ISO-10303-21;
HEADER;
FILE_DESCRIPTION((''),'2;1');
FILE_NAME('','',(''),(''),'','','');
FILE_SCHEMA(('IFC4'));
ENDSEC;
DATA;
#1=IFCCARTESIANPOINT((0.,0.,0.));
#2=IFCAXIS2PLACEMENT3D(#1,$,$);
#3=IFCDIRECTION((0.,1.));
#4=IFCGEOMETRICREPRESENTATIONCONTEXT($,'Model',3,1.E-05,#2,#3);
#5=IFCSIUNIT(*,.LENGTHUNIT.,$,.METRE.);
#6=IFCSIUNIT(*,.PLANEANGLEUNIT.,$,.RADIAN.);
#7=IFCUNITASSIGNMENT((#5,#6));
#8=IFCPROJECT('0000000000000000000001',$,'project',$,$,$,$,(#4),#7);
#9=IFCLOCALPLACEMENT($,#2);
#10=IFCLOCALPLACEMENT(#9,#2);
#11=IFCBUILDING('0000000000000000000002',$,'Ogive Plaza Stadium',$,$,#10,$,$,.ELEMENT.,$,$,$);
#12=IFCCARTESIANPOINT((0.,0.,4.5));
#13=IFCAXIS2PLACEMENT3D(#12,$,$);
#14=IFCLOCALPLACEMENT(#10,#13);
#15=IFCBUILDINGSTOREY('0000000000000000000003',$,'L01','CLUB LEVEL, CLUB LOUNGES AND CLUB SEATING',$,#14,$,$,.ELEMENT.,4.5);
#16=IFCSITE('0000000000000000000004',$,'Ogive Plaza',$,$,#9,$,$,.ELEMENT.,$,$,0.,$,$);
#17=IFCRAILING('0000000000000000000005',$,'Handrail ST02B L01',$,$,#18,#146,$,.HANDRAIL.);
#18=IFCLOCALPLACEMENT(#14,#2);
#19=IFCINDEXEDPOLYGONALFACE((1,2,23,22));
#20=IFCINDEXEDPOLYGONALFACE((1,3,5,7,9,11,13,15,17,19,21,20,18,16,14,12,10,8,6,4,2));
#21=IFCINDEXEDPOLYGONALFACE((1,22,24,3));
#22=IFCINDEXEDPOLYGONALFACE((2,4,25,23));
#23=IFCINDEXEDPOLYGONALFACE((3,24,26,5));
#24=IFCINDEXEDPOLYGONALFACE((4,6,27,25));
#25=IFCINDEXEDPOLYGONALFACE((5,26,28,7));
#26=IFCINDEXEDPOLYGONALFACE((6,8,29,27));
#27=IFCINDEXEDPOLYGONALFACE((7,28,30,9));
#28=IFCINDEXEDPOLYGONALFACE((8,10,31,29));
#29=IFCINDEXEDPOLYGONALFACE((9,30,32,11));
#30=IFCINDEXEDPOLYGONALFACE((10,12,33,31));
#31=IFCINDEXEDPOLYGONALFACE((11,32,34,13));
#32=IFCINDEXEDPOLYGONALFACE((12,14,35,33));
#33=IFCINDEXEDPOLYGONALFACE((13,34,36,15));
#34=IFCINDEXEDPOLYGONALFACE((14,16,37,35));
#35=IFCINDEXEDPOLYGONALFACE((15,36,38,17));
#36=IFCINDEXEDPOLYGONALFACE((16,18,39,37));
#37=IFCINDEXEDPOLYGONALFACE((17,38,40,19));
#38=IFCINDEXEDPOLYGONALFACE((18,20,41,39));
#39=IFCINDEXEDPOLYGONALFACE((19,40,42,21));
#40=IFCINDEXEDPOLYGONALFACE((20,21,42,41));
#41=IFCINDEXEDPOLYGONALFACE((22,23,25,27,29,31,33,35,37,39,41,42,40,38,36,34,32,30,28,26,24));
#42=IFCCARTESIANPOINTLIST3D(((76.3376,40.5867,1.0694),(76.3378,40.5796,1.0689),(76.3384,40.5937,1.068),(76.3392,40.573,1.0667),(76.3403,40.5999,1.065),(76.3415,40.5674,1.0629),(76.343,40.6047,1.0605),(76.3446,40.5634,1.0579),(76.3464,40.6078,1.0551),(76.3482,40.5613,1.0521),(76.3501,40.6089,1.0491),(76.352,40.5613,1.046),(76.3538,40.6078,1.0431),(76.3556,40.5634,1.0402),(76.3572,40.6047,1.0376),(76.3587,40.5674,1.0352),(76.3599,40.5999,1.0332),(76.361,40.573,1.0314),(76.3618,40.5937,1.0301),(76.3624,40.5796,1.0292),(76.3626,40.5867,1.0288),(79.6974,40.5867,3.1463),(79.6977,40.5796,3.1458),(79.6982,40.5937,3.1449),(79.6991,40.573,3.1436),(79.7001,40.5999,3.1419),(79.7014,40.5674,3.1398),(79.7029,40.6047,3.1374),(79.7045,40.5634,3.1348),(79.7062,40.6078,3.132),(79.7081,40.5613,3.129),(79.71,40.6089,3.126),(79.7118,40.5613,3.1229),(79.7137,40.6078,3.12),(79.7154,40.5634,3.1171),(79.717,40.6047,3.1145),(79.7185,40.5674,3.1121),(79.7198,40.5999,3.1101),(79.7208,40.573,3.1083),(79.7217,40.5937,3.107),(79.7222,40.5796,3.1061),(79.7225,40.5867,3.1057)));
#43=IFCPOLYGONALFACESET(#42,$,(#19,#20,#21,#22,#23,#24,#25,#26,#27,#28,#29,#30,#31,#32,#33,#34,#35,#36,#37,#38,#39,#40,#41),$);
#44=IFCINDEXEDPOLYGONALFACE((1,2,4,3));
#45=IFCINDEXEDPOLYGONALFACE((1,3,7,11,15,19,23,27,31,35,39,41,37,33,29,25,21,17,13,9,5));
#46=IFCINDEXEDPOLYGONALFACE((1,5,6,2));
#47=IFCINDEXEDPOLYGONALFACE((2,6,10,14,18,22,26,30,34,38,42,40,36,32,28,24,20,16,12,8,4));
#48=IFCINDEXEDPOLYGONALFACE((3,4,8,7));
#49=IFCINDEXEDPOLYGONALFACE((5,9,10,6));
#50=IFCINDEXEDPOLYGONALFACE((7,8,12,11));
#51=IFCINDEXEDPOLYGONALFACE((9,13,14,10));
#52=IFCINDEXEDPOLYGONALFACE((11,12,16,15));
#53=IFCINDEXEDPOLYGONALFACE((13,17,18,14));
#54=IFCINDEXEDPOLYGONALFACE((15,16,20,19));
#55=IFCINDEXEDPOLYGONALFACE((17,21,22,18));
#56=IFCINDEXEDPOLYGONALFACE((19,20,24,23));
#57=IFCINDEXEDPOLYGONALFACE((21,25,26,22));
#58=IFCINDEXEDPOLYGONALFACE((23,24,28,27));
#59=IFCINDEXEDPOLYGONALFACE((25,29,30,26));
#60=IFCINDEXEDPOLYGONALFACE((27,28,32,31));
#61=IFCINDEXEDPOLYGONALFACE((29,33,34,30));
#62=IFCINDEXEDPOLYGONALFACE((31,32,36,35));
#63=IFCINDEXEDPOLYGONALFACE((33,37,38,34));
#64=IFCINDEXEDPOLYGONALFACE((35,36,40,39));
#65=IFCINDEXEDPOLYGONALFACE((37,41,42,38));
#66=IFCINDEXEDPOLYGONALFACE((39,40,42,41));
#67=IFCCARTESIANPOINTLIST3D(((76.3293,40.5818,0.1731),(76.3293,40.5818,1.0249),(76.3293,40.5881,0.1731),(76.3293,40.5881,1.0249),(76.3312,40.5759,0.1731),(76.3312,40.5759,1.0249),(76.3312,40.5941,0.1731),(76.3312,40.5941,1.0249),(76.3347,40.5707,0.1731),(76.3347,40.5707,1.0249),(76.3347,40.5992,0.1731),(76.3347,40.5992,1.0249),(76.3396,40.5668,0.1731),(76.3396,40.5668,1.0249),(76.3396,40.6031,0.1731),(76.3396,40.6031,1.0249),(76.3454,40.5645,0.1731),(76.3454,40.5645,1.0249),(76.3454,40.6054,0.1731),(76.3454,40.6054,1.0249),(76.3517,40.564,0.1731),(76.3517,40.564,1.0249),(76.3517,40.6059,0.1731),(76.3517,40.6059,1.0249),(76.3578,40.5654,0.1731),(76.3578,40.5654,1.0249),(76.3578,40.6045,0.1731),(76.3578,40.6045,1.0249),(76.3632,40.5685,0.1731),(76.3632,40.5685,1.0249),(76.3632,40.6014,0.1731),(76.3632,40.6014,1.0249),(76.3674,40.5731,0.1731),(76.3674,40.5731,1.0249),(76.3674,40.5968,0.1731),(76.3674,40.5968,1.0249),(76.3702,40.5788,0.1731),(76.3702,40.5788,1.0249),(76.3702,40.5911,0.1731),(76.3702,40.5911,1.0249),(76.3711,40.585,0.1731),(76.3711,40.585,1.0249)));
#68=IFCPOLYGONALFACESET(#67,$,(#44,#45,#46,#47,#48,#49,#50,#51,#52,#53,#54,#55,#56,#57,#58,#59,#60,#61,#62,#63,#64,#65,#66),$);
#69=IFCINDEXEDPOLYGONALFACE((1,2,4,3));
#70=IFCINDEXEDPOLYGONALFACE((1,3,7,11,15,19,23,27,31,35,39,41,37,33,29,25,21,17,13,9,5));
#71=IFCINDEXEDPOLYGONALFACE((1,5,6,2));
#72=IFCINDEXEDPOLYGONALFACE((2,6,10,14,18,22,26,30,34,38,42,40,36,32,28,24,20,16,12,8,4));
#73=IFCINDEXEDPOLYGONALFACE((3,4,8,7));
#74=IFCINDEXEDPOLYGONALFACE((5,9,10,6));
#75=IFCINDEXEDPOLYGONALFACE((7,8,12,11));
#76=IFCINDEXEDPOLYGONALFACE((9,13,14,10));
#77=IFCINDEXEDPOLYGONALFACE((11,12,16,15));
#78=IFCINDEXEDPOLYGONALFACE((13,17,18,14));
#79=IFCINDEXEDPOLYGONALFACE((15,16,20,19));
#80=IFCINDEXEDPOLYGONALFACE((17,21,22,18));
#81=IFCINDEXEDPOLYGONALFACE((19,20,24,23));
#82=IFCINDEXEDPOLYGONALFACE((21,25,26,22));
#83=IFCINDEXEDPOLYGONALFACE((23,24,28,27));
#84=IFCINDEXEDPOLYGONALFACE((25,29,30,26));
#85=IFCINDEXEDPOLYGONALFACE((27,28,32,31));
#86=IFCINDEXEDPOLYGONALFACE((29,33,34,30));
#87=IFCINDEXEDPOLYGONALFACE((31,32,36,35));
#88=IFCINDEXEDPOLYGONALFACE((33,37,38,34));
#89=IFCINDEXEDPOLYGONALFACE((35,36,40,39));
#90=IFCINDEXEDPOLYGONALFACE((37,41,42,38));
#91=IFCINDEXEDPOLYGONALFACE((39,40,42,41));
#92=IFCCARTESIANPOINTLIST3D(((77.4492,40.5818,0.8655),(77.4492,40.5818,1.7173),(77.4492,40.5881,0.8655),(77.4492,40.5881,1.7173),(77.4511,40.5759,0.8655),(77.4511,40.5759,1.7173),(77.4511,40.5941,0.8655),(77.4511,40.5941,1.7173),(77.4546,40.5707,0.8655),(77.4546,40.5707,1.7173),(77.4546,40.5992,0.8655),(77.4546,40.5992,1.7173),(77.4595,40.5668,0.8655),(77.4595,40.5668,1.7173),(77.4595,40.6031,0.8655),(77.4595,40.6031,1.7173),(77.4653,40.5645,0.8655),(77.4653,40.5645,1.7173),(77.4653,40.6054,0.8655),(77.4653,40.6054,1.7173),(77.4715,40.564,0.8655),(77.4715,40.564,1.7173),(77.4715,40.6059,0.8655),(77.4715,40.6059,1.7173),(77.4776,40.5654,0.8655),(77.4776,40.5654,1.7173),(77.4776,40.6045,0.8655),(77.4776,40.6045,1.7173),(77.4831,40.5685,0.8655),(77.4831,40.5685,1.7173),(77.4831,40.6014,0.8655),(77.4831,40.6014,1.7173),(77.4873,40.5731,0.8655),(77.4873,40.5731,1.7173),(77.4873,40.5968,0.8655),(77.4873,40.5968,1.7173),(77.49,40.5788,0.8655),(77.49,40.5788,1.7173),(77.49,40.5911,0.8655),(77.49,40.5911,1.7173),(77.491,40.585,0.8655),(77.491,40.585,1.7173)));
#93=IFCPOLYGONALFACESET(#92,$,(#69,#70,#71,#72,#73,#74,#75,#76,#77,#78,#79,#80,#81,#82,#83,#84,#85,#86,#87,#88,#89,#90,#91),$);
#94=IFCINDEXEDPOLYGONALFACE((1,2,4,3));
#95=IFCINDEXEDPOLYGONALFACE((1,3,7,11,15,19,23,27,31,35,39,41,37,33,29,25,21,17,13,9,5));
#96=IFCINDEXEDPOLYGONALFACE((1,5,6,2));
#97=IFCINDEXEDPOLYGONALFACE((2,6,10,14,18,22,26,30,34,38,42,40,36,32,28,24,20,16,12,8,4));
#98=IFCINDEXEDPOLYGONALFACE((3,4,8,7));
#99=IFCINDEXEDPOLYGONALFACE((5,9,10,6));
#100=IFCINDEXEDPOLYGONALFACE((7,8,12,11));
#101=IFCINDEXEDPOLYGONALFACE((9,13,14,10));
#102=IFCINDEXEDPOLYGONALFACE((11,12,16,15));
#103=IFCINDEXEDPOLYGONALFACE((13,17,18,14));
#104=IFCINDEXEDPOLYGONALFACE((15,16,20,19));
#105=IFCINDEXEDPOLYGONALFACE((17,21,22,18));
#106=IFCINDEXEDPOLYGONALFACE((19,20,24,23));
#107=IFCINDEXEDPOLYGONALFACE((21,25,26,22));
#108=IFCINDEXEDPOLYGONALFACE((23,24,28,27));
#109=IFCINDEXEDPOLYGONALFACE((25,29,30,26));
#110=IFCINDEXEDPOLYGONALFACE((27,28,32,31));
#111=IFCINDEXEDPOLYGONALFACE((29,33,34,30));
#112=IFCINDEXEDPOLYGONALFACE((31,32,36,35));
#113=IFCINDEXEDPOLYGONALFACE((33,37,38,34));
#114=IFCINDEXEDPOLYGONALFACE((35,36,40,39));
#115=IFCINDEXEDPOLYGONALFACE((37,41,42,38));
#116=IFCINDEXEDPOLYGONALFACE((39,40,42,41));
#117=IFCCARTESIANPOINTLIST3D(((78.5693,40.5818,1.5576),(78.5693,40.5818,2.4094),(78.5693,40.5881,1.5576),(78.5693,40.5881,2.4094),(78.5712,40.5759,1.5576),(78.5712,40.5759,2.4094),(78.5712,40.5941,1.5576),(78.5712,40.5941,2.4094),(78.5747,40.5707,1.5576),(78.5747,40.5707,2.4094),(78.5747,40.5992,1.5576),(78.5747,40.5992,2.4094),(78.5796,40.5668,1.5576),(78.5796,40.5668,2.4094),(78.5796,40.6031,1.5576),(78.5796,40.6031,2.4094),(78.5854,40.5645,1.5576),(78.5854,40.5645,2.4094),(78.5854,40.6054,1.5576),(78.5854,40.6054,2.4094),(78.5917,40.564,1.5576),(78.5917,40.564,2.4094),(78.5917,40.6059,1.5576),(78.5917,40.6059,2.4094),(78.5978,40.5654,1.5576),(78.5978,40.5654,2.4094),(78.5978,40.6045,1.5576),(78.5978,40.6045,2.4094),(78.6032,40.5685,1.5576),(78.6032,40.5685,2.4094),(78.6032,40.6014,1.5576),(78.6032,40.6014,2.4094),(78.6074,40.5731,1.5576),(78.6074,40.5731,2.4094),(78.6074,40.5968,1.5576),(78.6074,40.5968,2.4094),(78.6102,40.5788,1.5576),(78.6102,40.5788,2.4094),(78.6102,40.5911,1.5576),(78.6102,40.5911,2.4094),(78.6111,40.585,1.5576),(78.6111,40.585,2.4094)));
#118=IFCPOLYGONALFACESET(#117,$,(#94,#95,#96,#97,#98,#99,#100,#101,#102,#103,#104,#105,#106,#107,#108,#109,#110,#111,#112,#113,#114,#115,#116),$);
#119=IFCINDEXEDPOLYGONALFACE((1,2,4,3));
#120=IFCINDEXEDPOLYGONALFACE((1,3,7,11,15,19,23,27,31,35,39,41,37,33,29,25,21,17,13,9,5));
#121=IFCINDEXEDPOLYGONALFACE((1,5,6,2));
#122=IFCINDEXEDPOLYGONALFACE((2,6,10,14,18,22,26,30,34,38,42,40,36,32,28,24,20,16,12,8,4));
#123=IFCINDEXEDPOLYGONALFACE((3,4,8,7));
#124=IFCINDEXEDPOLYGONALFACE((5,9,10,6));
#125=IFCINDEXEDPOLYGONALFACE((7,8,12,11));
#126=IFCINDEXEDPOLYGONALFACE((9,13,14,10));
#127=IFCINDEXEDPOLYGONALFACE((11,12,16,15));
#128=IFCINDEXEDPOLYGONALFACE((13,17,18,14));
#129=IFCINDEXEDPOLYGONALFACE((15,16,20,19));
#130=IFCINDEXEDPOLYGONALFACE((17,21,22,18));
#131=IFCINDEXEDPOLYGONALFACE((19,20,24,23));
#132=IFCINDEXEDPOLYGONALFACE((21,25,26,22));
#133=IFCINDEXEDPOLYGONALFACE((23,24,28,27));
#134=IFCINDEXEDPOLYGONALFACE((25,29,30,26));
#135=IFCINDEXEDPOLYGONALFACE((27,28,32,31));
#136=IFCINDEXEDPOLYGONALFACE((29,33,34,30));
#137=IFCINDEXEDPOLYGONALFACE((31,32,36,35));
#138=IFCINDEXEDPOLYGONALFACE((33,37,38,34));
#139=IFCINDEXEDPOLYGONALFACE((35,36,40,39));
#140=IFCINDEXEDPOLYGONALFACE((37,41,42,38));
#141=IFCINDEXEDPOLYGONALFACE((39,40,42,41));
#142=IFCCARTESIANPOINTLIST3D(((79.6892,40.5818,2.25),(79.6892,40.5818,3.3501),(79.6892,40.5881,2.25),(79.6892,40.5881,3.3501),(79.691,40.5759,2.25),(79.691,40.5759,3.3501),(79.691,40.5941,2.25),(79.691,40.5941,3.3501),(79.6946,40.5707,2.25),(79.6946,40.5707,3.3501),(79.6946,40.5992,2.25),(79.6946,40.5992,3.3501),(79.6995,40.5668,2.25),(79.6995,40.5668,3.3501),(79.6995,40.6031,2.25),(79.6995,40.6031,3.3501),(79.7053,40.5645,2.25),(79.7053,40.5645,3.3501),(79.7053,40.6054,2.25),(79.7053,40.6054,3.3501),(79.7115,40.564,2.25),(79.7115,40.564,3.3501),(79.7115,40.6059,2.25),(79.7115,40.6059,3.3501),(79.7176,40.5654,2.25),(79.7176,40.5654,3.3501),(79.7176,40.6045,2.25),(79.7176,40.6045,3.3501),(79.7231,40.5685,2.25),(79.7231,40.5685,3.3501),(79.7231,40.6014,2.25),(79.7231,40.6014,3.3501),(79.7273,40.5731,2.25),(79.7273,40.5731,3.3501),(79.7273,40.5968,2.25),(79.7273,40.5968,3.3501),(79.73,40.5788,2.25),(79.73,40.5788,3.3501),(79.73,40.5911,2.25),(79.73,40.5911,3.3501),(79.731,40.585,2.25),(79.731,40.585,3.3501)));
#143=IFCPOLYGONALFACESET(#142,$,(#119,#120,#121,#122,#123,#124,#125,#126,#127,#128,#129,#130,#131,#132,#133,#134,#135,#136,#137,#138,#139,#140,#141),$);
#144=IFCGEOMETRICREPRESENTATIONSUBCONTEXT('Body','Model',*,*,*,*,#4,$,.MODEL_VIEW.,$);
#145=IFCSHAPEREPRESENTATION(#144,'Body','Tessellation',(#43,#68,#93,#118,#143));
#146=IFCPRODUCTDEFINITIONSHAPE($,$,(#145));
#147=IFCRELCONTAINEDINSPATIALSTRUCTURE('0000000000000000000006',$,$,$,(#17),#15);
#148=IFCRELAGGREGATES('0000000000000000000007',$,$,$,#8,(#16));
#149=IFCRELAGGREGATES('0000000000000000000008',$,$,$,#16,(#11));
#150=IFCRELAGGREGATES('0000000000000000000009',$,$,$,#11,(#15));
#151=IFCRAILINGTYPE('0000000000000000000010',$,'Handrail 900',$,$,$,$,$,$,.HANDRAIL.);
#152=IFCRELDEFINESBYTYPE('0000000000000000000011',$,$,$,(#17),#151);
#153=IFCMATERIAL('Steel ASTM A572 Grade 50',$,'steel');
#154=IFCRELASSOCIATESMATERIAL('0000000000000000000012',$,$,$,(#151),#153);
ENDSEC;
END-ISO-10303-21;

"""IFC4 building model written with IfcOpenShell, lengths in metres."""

from ifc_helpers import new_model, si_unit, direction, frame, origin, origin_2d, place, context, subcontext, project, spatial, circle, extrude, material, type_object, element, save


model = new_model("IFC4")

# Units and contexts
model_context = context("Model", 3, precision=1e-05, world=origin(), true_north=direction((0.0, 1.0)))
body_context = subcontext(model_context, "Body", "Model", "MODEL_VIEW")
ifc_project = project(units=[si_unit("LENGTHUNIT", "METRE"), si_unit("PLANEANGLEUNIT", "RADIAN")], contexts=[model_context])

# Site, building, storey
site_placement = place(None, origin())
site = spatial("IfcSite", under=ifc_project, at=site_placement, Name="Ogive Plaza", CompositionType="ELEMENT", RefElevation=0.0)
building_placement = place(site_placement, origin())
building = spatial("IfcBuilding", under=site, at=building_placement, Name="Ogive Plaza Stadium", CompositionType="ELEMENT")
storey_placement = place(building_placement, frame((0.0, 0.0, 4.5)))
storey = spatial("IfcBuildingStorey", under=building, at=storey_placement, Name="L01", Description="CLUB LEVEL, CLUB LOUNGES AND CLUB SEATING", CompositionType="ELEMENT", Elevation=4.5)

# Railing
ifc_material_1 = material(Name="Steel ASTM A572 Grade 50", Category="steel")
railing_type_1 = type_object("IfcRailingType", Name="Handrail 900", PredefinedType="HANDRAIL", material=ifc_material_1)
for number, where, name in (
    (1, (76.3501, 40.585, 0.1731), "Handrail ST02B L01"),
):
    element("IfcRailing", number, at=place(storey_placement, frame(where)), inside=storey, type_object=railing_type_1, Name=name, PredefinedType="HANDRAIL", context=body_context, shape_type="SweptSolid", body=[
        extrude(circle(Radius=0.0239, at=origin_2d()), frame((0.0, 0.0, 0.876), z_axis=(0.850606, 0.0, 0.525803), x_axis=(0.0, 1.0, 0.0)), (0.0, 0.0, 1.0), 3.95),
        extrude(circle(Radius=0.021, at=origin_2d()), origin(), (0.0, 0.0, 1.0), 0.8518),
        extrude(circle(Radius=0.021, at=origin_2d()), frame((1.1199, 0.0, 0.6924)), (0.0, 0.0, 1.0), 0.8518),
        extrude(circle(Radius=0.021, at=origin_2d()), frame((2.24, 0.0, 1.3845)), (0.0, 0.0, 1.0), 0.8518),
        extrude(circle(Radius=0.021, at=origin_2d()), frame((3.3599, 0.0, 2.0769)), (0.0, 0.0, 1.0), 1.1001),
    ])

save(model, "model.ifc")
